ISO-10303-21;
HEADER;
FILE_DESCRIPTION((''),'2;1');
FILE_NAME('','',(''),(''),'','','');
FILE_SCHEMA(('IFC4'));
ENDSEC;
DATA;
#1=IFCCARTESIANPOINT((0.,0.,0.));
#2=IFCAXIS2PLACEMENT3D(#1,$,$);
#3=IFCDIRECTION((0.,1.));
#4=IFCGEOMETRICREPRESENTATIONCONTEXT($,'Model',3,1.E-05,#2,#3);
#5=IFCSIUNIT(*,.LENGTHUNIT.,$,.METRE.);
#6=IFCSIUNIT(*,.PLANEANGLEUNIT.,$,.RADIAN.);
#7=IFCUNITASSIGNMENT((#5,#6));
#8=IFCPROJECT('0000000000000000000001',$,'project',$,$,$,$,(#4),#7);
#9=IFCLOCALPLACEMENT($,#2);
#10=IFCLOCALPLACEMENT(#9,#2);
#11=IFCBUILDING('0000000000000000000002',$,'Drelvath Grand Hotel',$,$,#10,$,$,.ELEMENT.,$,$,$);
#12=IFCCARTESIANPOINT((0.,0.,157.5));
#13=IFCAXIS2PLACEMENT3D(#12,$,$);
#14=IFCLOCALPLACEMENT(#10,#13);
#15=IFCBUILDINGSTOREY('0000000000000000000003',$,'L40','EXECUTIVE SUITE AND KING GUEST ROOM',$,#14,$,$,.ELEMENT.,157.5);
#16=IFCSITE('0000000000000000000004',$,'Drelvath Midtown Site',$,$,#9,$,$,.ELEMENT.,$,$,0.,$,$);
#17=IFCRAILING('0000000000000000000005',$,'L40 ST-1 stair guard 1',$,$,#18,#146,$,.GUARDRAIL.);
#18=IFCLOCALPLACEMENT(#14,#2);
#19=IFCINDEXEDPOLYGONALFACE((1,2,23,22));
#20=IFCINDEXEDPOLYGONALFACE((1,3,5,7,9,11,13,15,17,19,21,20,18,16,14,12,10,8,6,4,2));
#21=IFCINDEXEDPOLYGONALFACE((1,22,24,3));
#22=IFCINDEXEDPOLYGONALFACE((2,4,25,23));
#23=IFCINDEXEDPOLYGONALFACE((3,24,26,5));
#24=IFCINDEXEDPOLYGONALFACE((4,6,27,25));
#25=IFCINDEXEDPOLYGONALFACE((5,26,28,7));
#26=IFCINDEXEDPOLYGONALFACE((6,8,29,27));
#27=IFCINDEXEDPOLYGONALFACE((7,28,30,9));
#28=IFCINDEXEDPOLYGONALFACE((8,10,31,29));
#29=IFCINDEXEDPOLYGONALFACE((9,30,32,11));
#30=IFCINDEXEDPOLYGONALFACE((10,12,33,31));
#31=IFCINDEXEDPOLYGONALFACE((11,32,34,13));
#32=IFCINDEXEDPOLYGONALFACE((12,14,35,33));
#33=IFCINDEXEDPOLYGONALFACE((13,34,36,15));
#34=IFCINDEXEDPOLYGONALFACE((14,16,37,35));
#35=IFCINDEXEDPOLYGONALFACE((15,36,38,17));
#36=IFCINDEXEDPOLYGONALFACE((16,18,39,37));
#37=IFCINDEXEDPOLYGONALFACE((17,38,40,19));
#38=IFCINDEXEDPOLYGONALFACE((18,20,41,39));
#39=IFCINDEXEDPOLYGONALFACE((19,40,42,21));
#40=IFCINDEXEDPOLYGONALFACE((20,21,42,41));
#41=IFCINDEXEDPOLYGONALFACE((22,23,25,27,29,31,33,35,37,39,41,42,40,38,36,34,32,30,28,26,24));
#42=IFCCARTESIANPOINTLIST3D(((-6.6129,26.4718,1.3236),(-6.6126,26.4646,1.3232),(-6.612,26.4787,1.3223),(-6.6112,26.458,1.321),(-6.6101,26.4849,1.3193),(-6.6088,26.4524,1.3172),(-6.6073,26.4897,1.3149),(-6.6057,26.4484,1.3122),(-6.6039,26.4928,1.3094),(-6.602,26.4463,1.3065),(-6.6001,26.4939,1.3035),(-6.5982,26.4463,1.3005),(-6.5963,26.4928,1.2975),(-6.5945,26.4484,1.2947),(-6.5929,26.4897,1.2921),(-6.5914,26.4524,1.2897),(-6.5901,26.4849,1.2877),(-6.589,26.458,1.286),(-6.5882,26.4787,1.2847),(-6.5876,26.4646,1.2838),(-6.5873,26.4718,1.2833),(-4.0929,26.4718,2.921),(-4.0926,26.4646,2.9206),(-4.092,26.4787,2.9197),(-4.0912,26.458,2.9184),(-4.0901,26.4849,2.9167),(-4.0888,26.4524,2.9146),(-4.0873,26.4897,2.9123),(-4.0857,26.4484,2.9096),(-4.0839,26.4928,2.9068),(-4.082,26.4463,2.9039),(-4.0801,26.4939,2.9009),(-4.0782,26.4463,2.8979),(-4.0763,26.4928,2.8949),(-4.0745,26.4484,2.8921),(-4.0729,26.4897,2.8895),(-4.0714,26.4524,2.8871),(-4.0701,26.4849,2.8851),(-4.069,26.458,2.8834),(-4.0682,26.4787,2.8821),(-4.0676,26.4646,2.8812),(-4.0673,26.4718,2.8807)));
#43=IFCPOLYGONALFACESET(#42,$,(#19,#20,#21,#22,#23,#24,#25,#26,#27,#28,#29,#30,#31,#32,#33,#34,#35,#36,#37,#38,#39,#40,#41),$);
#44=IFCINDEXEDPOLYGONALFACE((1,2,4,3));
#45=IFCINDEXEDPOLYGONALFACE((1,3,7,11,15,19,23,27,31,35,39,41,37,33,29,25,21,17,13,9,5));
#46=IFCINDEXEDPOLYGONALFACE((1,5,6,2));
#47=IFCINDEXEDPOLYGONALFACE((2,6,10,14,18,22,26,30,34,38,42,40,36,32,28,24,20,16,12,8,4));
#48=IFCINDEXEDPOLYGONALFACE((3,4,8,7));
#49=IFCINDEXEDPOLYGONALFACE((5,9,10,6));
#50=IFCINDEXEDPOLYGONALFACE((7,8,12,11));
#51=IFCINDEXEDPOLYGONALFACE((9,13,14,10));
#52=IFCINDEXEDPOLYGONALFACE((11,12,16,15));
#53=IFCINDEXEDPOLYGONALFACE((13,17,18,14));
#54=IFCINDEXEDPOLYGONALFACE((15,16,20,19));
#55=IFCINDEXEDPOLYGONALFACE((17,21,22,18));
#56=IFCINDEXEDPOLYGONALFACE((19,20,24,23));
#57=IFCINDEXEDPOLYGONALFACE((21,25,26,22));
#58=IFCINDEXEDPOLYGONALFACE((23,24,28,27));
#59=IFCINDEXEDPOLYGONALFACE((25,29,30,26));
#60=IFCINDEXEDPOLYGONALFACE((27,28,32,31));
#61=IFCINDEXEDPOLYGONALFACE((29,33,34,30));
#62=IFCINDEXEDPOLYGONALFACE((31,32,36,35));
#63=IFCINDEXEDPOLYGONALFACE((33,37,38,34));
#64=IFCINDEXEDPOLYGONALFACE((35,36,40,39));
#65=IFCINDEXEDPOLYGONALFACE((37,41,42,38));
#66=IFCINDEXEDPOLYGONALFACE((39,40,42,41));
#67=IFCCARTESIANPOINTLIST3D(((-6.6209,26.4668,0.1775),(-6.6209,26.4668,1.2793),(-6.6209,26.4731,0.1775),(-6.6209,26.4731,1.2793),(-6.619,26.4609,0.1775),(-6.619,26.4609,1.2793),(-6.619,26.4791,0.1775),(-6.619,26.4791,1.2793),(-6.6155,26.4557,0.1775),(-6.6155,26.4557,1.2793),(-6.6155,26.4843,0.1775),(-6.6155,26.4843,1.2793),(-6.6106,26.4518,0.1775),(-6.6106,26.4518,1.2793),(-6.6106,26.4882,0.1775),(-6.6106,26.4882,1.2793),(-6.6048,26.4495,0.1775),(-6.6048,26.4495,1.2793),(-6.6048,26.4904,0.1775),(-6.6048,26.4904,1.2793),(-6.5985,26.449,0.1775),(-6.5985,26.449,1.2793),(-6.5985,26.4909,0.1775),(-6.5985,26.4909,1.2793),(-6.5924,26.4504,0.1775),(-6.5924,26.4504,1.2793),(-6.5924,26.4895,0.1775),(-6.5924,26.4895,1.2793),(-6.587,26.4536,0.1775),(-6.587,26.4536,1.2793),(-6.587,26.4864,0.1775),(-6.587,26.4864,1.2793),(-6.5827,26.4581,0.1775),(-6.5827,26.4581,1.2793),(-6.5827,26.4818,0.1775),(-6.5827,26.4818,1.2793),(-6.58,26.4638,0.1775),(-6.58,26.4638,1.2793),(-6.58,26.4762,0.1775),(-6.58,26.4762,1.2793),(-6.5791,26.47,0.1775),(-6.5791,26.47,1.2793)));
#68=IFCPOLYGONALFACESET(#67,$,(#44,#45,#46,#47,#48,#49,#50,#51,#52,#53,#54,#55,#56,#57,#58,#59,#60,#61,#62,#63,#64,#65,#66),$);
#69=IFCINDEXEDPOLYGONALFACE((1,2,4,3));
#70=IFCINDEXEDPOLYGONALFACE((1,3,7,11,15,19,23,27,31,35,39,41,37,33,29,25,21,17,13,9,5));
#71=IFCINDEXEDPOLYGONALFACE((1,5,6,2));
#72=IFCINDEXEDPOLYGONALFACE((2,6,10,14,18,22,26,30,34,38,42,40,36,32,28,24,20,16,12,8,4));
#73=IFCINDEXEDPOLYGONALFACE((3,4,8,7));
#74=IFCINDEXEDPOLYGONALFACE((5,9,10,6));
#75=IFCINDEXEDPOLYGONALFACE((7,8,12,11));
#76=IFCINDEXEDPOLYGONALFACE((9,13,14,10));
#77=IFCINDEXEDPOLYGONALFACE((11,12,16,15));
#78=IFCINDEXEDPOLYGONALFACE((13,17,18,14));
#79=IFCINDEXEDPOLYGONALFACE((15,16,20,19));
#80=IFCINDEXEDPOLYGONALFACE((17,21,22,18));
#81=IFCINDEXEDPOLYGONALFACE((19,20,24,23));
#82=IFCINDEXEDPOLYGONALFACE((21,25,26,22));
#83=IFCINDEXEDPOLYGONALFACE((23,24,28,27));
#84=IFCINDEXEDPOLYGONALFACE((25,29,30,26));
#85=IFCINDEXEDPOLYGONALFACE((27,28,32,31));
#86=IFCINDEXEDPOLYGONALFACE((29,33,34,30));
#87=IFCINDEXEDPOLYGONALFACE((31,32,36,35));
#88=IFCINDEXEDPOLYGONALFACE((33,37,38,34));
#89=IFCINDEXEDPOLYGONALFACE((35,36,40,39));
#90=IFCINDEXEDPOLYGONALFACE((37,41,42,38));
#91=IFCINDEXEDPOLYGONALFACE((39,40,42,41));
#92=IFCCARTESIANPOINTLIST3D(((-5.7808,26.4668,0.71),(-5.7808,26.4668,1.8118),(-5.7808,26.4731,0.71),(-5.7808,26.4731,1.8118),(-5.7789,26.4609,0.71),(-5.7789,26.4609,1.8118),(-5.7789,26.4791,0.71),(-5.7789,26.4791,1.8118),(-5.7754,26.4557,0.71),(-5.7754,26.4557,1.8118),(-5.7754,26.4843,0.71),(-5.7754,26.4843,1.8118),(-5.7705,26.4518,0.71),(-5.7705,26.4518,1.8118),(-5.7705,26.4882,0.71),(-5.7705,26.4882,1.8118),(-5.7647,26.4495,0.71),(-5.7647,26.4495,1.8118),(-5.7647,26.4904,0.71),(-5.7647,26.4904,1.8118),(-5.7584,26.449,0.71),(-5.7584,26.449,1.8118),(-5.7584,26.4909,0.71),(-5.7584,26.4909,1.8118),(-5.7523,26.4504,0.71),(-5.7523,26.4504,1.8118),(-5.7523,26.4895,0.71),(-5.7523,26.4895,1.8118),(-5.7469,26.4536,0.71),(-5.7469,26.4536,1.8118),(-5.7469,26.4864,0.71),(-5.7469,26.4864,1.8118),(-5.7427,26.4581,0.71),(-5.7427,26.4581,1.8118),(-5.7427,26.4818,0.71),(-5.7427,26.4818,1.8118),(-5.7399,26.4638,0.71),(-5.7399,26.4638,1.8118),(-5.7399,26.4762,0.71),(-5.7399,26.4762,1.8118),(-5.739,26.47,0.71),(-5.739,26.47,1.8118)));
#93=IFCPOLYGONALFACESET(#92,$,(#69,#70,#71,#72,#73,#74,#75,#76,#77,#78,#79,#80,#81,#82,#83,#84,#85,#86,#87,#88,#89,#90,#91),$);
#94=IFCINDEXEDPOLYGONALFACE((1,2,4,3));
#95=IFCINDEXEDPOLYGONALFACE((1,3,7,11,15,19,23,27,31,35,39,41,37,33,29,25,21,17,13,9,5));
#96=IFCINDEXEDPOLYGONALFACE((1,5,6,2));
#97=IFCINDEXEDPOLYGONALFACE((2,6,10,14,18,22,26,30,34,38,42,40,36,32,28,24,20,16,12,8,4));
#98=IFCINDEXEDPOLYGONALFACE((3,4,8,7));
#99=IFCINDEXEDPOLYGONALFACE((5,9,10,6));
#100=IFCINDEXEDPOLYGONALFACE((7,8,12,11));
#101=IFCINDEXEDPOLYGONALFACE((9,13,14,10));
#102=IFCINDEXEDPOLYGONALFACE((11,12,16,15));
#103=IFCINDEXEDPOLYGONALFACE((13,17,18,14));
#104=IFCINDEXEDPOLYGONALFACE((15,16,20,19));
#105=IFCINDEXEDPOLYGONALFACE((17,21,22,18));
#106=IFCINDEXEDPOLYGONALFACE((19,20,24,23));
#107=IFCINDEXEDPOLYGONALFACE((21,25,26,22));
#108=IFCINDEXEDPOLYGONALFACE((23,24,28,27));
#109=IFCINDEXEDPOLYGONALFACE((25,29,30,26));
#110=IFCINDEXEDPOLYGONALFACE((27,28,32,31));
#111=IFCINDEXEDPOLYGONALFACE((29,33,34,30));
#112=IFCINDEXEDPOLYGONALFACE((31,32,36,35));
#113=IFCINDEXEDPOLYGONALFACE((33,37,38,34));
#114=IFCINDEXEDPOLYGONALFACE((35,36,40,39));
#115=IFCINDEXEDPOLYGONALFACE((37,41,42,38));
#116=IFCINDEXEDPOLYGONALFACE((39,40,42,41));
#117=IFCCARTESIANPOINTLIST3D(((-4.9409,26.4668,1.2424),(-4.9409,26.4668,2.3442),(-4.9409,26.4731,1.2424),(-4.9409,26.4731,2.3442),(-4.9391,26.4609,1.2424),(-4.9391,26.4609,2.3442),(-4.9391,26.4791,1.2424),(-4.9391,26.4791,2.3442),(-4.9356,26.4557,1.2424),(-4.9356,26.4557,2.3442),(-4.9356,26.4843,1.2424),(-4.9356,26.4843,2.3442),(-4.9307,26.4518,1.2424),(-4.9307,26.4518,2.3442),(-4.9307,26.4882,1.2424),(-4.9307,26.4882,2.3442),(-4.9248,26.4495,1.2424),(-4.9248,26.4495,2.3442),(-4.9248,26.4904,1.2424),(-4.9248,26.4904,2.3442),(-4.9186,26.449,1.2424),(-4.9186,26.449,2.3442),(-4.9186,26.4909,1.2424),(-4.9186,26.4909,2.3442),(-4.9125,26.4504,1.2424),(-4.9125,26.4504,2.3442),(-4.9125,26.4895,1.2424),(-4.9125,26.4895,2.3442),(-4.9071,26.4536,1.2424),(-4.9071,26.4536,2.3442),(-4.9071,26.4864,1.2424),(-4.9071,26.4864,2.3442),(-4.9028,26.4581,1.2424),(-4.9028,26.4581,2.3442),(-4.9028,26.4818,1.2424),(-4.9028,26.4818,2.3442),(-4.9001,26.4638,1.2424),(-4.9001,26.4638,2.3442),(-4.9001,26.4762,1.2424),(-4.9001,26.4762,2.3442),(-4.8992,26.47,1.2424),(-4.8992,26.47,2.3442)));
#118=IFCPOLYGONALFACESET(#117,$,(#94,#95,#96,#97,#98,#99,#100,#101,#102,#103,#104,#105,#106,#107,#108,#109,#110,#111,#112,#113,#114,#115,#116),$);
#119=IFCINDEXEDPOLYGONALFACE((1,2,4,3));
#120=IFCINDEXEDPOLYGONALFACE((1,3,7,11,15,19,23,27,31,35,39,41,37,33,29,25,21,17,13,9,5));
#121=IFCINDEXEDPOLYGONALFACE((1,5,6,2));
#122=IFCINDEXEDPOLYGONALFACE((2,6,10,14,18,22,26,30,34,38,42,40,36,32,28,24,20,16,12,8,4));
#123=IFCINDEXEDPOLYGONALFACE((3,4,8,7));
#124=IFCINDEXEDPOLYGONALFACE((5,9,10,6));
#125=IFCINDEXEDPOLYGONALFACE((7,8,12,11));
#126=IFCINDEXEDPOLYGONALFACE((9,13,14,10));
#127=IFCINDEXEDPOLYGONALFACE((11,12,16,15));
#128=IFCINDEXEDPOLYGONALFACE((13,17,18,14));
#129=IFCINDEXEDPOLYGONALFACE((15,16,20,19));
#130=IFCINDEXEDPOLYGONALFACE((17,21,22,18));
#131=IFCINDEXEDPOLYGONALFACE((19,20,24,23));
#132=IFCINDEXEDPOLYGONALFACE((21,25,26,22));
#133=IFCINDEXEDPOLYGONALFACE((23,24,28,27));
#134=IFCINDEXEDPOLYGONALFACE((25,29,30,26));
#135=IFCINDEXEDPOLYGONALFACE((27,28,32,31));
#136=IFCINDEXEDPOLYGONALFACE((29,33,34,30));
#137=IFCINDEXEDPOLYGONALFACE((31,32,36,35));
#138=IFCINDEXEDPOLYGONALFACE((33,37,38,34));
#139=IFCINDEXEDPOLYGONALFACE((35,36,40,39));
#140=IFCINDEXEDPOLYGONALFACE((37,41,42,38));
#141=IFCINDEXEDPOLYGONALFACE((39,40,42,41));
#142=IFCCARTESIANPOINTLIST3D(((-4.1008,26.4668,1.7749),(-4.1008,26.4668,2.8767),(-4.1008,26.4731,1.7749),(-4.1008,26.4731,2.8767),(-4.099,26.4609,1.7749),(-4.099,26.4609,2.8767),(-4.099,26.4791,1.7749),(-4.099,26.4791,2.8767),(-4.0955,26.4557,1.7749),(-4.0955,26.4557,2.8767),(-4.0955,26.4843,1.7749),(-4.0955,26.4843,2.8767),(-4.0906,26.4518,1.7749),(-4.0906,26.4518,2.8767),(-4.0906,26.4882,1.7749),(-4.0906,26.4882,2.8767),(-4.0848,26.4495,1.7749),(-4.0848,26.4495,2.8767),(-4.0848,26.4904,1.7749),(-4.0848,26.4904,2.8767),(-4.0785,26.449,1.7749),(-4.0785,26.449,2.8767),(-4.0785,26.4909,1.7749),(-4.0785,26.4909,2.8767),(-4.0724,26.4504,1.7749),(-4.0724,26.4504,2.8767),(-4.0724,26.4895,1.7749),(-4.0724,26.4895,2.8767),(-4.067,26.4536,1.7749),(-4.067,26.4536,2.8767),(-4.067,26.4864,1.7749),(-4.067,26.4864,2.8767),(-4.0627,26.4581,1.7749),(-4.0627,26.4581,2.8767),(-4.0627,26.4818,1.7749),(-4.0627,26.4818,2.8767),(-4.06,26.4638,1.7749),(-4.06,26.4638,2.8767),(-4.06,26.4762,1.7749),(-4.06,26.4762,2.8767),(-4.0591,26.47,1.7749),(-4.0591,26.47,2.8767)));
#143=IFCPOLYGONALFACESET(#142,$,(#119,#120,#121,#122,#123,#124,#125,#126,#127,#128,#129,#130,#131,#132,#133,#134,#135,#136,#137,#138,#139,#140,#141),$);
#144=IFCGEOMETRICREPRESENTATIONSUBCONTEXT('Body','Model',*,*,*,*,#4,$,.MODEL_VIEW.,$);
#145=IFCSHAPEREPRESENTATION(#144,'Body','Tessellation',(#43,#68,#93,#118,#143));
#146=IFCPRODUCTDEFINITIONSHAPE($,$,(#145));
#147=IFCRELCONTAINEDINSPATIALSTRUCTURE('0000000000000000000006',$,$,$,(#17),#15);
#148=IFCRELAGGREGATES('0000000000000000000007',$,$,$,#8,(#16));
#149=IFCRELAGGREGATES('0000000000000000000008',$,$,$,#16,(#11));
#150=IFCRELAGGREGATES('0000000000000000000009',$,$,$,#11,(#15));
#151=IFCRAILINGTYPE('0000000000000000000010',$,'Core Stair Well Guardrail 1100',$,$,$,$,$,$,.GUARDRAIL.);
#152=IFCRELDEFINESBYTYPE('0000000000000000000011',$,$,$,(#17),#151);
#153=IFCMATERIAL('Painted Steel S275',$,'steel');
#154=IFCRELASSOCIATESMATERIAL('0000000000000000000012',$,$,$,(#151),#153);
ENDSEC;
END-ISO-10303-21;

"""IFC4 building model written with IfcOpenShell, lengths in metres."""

from ifc_helpers import new_model, si_unit, direction, frame, origin, origin_2d, place, context, subcontext, project, spatial, circle, extrude, material, type_object, element, save


model = new_model("IFC4")

# Units and contexts
model_context = context("Model", 3, precision=1e-05, world=origin(), true_north=direction((0.0, 1.0)))
body_context = subcontext(model_context, "Body", "Model", "MODEL_VIEW")
ifc_project = project(units=[si_unit("LENGTHUNIT", "METRE"), si_unit("PLANEANGLEUNIT", "RADIAN")], contexts=[model_context])

# Site, building, storey
site_placement = place(None, origin())
site = spatial("IfcSite", under=ifc_project, at=site_placement, Name="Drelvath Midtown Site", CompositionType="ELEMENT", RefElevation=0.0)
building_placement = place(site_placement, origin())
building = spatial("IfcBuilding", under=site, at=building_placement, Name="Drelvath Grand Hotel", CompositionType="ELEMENT")
storey_placement = place(building_placement, frame((0.0, 0.0, 157.5)))
storey = spatial("IfcBuildingStorey", under=building, at=storey_placement, Name="L40", Description="EXECUTIVE SUITE AND KING GUEST ROOM", CompositionType="ELEMENT", Elevation=157.5)

# Shared definitions
ifc_material_1 = material(Name="Painted Steel S275", Category="steel")

# Railing
railing_type_1 = type_object("IfcRailingType", Name="Core Stair Well Guardrail 1100", PredefinedType="GUARDRAIL", material=ifc_material_1)
railing_1_placement = place(storey_placement, frame((-6.6001, 26.47, 0.1775)))
element("IfcRailing", 1, at=railing_1_placement, inside=storey, type_object=railing_type_1, Name="L40 ST-1 stair guard 1", PredefinedType="GUARDRAIL", context=body_context, shape_type="SweptSolid", body=[
    extrude(circle(Radius=0.0239, at=origin_2d()), frame((0.0, 0.0, 1.126), z_axis=(0.844607, 0.0, 0.535387), x_axis=(0.0, 1.0, 0.0)), (0.0, 0.0, 1.0), 2.9836),
    extrude(circle(Radius=0.021, at=origin_2d()), origin(), (0.0, 0.0, 1.0), 1.1018),
    extrude(circle(Radius=0.021, at=origin_2d()), frame((0.8401, 0.0, 0.5325)), (0.0, 0.0, 1.0), 1.1018),
    extrude(circle(Radius=0.021, at=origin_2d()), frame((1.6799, 0.0, 1.0649)), (0.0, 0.0, 1.0), 1.1018),
    extrude(circle(Radius=0.021, at=origin_2d()), frame((2.52, 0.0, 1.5974)), (0.0, 0.0, 1.0), 1.1018),
])

save(model, "model.ifc")
